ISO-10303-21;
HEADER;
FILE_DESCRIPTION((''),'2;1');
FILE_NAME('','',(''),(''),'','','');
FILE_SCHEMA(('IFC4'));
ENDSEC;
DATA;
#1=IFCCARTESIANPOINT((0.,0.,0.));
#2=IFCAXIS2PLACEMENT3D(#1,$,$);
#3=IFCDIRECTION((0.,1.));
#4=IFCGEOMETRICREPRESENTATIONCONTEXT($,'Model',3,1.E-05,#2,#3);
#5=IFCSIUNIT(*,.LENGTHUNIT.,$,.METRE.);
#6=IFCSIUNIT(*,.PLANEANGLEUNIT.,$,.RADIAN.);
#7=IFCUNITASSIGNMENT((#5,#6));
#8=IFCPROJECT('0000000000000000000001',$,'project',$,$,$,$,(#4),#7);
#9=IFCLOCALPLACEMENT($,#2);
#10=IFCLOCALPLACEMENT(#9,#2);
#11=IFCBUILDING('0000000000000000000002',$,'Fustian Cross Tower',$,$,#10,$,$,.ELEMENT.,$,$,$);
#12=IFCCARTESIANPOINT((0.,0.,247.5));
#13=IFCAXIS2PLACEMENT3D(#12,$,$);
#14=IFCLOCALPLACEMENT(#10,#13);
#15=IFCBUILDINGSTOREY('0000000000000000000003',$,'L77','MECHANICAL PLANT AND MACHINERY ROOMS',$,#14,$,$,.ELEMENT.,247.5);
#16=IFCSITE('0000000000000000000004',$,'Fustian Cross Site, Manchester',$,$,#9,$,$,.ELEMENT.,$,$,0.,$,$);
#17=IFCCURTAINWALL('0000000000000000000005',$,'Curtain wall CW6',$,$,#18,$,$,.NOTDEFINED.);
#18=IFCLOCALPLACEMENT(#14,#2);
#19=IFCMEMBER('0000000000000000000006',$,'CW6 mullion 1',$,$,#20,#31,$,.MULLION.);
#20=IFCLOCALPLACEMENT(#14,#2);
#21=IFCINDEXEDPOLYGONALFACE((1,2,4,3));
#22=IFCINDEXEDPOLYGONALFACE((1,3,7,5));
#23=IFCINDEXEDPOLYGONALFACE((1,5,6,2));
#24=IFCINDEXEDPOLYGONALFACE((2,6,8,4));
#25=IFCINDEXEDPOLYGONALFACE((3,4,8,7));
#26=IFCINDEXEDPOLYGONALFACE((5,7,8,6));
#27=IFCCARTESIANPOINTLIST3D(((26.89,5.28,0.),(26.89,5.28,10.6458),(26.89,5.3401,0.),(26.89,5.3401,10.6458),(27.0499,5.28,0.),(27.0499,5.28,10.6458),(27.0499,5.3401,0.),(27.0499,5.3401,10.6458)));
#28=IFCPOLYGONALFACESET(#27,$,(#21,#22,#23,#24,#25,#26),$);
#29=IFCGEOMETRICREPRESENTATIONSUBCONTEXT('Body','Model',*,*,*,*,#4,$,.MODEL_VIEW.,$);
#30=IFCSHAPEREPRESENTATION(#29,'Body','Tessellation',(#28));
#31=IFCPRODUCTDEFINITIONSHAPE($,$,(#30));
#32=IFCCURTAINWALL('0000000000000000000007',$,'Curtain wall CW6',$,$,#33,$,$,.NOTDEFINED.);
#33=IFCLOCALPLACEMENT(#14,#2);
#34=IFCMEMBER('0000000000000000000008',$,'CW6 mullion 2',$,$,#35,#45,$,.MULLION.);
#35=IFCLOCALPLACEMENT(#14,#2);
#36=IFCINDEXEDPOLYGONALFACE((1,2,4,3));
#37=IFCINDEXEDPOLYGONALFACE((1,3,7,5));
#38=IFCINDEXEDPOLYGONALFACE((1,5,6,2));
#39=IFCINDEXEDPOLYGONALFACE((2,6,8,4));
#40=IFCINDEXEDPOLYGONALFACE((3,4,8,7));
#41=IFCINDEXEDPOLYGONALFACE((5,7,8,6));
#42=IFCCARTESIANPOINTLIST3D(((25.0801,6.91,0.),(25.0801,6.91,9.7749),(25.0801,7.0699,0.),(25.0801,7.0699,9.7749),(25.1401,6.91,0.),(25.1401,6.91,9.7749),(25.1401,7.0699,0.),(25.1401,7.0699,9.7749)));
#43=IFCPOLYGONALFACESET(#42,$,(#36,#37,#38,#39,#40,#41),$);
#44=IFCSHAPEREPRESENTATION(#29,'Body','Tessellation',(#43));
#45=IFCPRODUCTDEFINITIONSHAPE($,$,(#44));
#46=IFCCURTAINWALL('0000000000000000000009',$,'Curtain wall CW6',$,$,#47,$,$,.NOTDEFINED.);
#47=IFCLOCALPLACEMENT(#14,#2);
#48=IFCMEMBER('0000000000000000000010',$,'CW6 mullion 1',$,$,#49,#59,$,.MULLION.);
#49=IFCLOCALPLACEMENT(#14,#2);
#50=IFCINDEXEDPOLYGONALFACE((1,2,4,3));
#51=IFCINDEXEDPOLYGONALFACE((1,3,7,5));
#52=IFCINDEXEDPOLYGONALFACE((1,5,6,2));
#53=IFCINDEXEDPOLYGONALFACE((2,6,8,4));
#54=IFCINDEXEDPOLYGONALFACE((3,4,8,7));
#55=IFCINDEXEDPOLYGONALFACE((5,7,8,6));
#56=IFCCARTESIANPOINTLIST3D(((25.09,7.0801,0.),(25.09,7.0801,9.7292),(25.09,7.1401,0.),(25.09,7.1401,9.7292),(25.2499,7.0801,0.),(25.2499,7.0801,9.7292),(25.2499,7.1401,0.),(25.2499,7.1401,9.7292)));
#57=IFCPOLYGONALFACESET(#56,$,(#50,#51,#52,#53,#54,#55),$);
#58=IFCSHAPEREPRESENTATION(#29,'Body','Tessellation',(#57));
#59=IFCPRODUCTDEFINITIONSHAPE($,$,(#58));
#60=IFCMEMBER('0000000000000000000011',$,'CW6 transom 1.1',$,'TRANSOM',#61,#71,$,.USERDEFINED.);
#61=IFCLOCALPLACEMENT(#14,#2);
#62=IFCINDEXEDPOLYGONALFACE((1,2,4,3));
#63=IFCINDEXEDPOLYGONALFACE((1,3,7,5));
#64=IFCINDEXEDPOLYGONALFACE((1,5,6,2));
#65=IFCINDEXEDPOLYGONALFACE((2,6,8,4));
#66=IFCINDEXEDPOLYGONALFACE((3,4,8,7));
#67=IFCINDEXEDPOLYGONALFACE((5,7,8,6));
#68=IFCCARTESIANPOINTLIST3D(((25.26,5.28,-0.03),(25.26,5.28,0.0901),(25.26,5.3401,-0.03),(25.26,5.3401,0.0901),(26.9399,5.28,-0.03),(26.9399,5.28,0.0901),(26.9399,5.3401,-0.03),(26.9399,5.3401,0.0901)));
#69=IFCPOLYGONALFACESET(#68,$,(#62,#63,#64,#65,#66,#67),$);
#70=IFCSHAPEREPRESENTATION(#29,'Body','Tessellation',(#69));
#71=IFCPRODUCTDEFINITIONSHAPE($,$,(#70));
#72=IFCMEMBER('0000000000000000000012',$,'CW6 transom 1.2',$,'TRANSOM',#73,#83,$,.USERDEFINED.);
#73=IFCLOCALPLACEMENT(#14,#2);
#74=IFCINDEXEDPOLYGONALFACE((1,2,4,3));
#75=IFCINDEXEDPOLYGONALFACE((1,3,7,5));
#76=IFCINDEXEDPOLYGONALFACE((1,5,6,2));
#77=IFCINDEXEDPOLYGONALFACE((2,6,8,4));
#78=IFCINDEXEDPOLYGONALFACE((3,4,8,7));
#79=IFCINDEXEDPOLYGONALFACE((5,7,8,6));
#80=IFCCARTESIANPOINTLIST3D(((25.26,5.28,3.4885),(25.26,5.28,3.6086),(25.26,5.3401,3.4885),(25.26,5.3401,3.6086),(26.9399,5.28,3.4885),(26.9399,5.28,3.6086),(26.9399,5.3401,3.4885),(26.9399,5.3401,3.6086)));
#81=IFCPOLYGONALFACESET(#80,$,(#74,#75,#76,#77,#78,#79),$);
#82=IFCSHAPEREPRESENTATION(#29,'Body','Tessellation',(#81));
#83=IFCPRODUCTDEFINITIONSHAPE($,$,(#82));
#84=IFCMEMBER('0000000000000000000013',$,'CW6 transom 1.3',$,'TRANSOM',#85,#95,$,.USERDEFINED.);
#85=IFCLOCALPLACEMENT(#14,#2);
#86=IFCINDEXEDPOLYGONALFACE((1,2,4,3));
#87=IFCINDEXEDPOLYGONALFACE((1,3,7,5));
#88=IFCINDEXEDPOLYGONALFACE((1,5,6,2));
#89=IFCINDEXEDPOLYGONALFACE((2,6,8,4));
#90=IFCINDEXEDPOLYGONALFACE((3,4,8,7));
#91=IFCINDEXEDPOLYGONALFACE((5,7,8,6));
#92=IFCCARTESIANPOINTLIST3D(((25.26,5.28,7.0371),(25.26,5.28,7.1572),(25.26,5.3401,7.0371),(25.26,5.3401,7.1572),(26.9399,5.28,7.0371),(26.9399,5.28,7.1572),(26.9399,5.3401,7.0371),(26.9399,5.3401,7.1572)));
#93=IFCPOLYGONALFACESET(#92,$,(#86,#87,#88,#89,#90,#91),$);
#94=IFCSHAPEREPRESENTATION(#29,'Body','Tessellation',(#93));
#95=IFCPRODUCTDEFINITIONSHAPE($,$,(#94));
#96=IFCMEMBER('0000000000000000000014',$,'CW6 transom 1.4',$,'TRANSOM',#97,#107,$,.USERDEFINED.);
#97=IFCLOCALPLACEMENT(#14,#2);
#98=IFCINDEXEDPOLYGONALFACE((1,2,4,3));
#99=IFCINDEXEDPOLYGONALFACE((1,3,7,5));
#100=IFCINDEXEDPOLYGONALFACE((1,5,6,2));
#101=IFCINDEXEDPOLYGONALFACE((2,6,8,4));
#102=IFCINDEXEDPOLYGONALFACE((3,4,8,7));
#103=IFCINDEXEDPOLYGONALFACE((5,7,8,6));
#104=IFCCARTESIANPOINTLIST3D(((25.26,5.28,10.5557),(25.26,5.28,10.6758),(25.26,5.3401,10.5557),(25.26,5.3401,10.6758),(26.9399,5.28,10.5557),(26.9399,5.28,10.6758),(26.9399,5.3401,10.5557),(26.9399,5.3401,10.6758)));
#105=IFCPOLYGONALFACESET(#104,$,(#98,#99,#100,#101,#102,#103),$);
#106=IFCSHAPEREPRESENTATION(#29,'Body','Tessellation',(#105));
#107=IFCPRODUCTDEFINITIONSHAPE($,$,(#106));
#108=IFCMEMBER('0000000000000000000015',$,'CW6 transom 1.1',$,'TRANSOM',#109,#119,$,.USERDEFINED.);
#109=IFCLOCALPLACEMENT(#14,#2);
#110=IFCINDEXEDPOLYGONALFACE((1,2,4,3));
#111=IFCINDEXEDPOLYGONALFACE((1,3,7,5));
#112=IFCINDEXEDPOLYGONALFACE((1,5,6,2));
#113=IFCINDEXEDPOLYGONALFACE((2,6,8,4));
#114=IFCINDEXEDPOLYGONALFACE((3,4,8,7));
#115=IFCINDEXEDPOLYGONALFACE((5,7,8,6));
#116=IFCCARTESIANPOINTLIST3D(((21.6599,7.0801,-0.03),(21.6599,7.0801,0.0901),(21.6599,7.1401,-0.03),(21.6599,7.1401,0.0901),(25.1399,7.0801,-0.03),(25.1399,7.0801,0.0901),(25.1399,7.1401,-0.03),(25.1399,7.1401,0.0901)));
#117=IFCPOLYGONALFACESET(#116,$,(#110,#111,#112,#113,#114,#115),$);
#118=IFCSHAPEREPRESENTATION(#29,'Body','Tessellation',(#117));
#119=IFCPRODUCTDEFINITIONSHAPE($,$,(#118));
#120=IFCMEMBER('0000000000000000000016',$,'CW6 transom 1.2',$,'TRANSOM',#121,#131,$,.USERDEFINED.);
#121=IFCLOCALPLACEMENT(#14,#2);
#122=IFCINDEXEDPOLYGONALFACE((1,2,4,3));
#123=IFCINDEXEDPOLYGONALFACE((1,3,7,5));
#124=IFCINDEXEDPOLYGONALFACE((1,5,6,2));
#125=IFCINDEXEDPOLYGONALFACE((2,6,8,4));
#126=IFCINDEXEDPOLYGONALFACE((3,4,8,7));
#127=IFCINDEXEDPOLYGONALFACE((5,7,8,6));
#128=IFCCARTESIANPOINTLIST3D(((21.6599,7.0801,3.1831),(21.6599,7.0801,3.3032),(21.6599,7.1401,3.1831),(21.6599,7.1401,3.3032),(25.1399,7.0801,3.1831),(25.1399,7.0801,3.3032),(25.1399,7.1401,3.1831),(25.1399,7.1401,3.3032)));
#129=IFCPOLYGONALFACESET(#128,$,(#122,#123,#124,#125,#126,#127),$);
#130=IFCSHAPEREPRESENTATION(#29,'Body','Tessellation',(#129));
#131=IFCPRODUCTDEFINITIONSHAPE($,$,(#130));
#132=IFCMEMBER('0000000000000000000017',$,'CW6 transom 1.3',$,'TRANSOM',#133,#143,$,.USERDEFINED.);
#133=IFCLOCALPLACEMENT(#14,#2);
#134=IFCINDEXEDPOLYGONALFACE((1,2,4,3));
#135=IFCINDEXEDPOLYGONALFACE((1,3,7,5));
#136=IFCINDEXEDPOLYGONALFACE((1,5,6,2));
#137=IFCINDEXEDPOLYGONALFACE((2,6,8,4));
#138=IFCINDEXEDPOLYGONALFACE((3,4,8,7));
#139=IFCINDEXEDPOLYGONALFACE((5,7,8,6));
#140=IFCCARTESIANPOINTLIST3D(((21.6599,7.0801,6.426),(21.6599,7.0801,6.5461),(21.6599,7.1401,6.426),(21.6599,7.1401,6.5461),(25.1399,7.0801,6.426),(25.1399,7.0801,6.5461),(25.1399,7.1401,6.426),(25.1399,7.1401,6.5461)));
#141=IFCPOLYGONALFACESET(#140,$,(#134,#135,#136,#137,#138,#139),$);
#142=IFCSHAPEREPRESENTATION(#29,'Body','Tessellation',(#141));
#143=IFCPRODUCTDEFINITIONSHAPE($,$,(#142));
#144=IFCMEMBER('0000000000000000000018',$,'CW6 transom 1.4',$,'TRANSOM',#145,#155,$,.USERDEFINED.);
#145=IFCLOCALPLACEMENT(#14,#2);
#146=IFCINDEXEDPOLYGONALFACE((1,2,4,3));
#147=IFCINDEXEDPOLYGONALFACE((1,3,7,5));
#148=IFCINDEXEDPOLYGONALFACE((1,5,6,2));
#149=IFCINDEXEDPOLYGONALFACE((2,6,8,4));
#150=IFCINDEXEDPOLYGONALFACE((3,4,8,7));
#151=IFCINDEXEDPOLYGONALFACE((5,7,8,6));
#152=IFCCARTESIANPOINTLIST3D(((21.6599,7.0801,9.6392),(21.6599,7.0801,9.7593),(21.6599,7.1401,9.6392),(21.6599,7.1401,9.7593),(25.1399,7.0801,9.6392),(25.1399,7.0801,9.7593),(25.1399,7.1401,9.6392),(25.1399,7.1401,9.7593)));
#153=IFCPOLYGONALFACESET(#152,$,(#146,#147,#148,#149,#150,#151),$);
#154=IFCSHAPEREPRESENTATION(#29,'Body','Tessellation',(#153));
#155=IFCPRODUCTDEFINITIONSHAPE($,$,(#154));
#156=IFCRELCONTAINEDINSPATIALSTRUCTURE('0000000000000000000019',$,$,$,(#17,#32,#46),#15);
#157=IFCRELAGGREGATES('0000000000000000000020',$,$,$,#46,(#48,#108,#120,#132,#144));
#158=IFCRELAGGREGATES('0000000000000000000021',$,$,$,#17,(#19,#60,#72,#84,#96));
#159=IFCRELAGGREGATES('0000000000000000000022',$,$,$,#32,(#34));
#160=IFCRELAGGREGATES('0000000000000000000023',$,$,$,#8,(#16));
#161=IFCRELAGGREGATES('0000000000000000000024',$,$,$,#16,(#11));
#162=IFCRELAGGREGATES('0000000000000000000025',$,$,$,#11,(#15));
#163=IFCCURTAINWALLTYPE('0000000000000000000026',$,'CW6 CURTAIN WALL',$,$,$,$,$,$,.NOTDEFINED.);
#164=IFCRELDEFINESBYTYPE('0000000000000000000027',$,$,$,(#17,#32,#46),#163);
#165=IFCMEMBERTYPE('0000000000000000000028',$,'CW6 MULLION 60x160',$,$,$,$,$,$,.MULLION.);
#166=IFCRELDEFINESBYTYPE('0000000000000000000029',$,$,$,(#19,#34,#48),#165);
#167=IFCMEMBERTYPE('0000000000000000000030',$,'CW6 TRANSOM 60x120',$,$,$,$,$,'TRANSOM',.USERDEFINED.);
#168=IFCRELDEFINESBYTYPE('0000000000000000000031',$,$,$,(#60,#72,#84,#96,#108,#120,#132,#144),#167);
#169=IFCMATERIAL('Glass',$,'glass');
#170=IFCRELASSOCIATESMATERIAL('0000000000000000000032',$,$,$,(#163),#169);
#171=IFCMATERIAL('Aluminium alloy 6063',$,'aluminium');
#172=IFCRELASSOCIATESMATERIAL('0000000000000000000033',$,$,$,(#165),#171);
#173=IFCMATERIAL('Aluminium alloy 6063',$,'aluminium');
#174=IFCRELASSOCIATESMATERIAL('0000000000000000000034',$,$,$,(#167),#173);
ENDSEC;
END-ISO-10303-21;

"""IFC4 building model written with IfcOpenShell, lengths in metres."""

from ifc_helpers import new_model, si_unit, direction, frame, origin, origin_2d, place, context, subcontext, project, spatial, rectangle, extrude, material, material_profile, profile_set, type_object, element, aggregate, save


model = new_model("IFC4")

# Units and contexts
model_context = context("Model", 3, precision=1e-05, world=origin(), true_north=direction((0.0, 1.0)))
body_context = subcontext(model_context, "Body", "Model", "MODEL_VIEW")
ifc_project = project(units=[si_unit("LENGTHUNIT", "METRE"), si_unit("PLANEANGLEUNIT", "RADIAN")], contexts=[model_context])

# Site, building, storey
site_placement = place(None, origin())
site = spatial("IfcSite", under=ifc_project, at=site_placement, Name="Fustian Cross Site, Manchester", CompositionType="ELEMENT", RefElevation=0.0)
building_placement = place(site_placement, origin())
building = spatial("IfcBuilding", under=site, at=building_placement, Name="Fustian Cross Tower", CompositionType="ELEMENT")
storey_placement = place(building_placement, frame((0.0, 0.0, 247.5)))
storey = spatial("IfcBuildingStorey", under=building, at=storey_placement, Name="L77", Description="MECHANICAL PLANT AND MACHINERY ROOMS", CompositionType="ELEMENT", Elevation=247.5)

# Curtain walls, members
ifc_material_1 = material(Name="Glass", Category="glass")
curtain_wall_type = type_object("IfcCurtainWallType", Name="CW6 CURTAIN WALL", PredefinedType="NOTDEFINED", material=ifc_material_1)
curtain_wall_1_placement = place(storey_placement, origin())
curtain_wall_1 = element("IfcCurtainWall", 1, at=curtain_wall_1_placement, inside=storey, type_object=curtain_wall_type, Name="Curtain wall CW6", PredefinedType="NOTDEFINED")
ifc_material_2 = material(Name="Aluminium alloy 6063", Category="aluminium")
ifc_material_profile_1 = material_profile(ifc_material_2, rectangle(XDim=0.0601, YDim=0.1599, at=origin_2d()), Name="CW6 MULLION 60x160")
ifc_profile_set_1 = profile_set([ifc_material_profile_1], Name="Aluminium alloy 6063")
member_type_1 = type_object("IfcMemberType", Name="CW6 MULLION 60x160", PredefinedType="MULLION", material=ifc_profile_set_1)
member_1_placement = place(storey_placement, frame((26.97, 5.3101, 0.0), z_axis=(0.0, 0.0, 1.0), x_axis=(0.0, -1.0, 0.0)))
member_1 = element("IfcMember", 2, at=member_1_placement, type_object=member_type_1, Name="CW6 mullion 1", PredefinedType="MULLION", context=body_context, shape_type="SweptSolid", body=[
    extrude(rectangle(XDim=0.0601, YDim=0.1599, at=origin_2d()), origin(), (0.0, 0.0, 1.0), 10.6458),
])
curtain_wall_2_placement = place(storey_placement, origin())
curtain_wall_2 = element("IfcCurtainWall", 3, at=curtain_wall_2_placement, inside=storey, type_object=curtain_wall_type, Name="Curtain wall CW6", PredefinedType="NOTDEFINED")
member_2_placement = place(storey_placement, frame((25.1101, 6.99, 0.0), z_axis=(0.0, 0.0, 1.0), x_axis=(-1.0, 0.0, 0.0)))
member_2 = element("IfcMember", 4, at=member_2_placement, type_object=member_type_1, Name="CW6 mullion 2", PredefinedType="MULLION", context=body_context, shape_type="SweptSolid", body=[
    extrude(rectangle(XDim=0.0601, YDim=0.1599, at=origin_2d()), origin(), (0.0, 0.0, 1.0), 9.7749),
])
curtain_wall_3_placement = place(storey_placement, origin())
curtain_wall_3 = element("IfcCurtainWall", 5, at=curtain_wall_3_placement, inside=storey, type_object=curtain_wall_type, Name="Curtain wall CW6", PredefinedType="NOTDEFINED")
member_3_placement = place(storey_placement, frame((25.1699, 7.1101, 0.0), z_axis=(0.0, 0.0, 1.0), x_axis=(0.0, -1.0, 0.0)))
member_3 = element("IfcMember", 6, at=member_3_placement, type_object=member_type_1, Name="CW6 mullion 1", PredefinedType="MULLION", context=body_context, shape_type="SweptSolid", body=[
    extrude(rectangle(XDim=0.0601, YDim=0.1599, at=origin_2d()), origin(), (0.0, 0.0, 1.0), 9.7292),
])

# Members
ifc_material_3 = material(Name="Aluminium alloy 6063", Category="aluminium")
ifc_material_profile_2 = material_profile(ifc_material_3, rectangle(XDim=0.0601, YDim=0.1201, at=origin_2d()), Name="CW6 TRANSOM 60x120")
ifc_profile_set_2 = profile_set([ifc_material_profile_2], Name="Aluminium alloy 6063")
member_type_2 = type_object("IfcMemberType", Name="CW6 TRANSOM 60x120", ElementType="TRANSOM", PredefinedType="USERDEFINED", material=ifc_profile_set_2)
member_4_placement = place(storey_placement, frame((26.9399, 5.3101, 0.03), z_axis=(-1.0, 0.0, 0.0), x_axis=(0.0, -1.0, 0.0)))
member_4 = element("IfcMember", 7, at=member_4_placement, type_object=member_type_2, Name="CW6 transom 1.1", ObjectType="TRANSOM", PredefinedType="USERDEFINED", context=body_context, shape_type="SweptSolid", body=[
    extrude(rectangle(XDim=0.0601, YDim=0.1201, at=origin_2d()), origin(), (0.0, 0.0, 1.0), 1.6799),
])
member_5_placement = place(storey_placement, frame((26.9399, 5.3101, 3.5486), z_axis=(-1.0, 0.0, 0.0), x_axis=(0.0, -1.0, 0.0)))
member_5 = element("IfcMember", 8, at=member_5_placement, type_object=member_type_2, Name="CW6 transom 1.2", ObjectType="TRANSOM", PredefinedType="USERDEFINED", context=body_context, shape_type="SweptSolid", body=[
    extrude(rectangle(XDim=0.0601, YDim=0.1201, at=origin_2d()), origin(), (0.0, 0.0, 1.0), 1.6799),
])
member_6_placement = place(storey_placement, frame((26.9399, 5.3101, 7.0972), z_axis=(-1.0, 0.0, 0.0), x_axis=(0.0, -1.0, 0.0)))
member_6 = element("IfcMember", 9, at=member_6_placement, type_object=member_type_2, Name="CW6 transom 1.3", ObjectType="TRANSOM", PredefinedType="USERDEFINED", context=body_context, shape_type="SweptSolid", body=[
    extrude(rectangle(XDim=0.0601, YDim=0.1201, at=origin_2d()), origin(), (0.0, 0.0, 1.0), 1.6799),
])
member_7_placement = place(storey_placement, frame((26.9399, 5.3101, 10.6157), z_axis=(-1.0, 0.0, 0.0), x_axis=(0.0, -1.0, 0.0)))
member_7 = element("IfcMember", 10, at=member_7_placement, type_object=member_type_2, Name="CW6 transom 1.4", ObjectType="TRANSOM", PredefinedType="USERDEFINED", context=body_context, shape_type="SweptSolid", body=[
    extrude(rectangle(XDim=0.0601, YDim=0.1201, at=origin_2d()), origin(), (0.0, 0.0, 1.0), 1.6799),
])
member_8_placement = place(storey_placement, frame((25.1399, 7.1101, 0.03), z_axis=(-1.0, 0.0, 0.0), x_axis=(0.0, -1.0, 0.0)))
member_8 = element("IfcMember", 11, at=member_8_placement, type_object=member_type_2, Name="CW6 transom 1.1", ObjectType="TRANSOM", PredefinedType="USERDEFINED", context=body_context, shape_type="SweptSolid", body=[
    extrude(rectangle(XDim=0.0601, YDim=0.1201, at=origin_2d()), origin(), (0.0, 0.0, 1.0), 3.48),
])
member_9_placement = place(storey_placement, frame((25.1399, 7.1101, 3.2432), z_axis=(-1.0, 0.0, 0.0), x_axis=(0.0, -1.0, 0.0)))
member_9 = element("IfcMember", 12, at=member_9_placement, type_object=member_type_2, Name="CW6 transom 1.2", ObjectType="TRANSOM", PredefinedType="USERDEFINED", context=body_context, shape_type="SweptSolid", body=[
    extrude(rectangle(XDim=0.0601, YDim=0.1201, at=origin_2d()), origin(), (0.0, 0.0, 1.0), 3.48),
])
member_10_placement = place(storey_placement, frame((25.1399, 7.1101, 6.4861), z_axis=(-1.0, 0.0, 0.0), x_axis=(0.0, -1.0, 0.0)))
member_10 = element("IfcMember", 13, at=member_10_placement, type_object=member_type_2, Name="CW6 transom 1.3", ObjectType="TRANSOM", PredefinedType="USERDEFINED", context=body_context, shape_type="SweptSolid", body=[
    extrude(rectangle(XDim=0.0601, YDim=0.1201, at=origin_2d()), origin(), (0.0, 0.0, 1.0), 3.48),
])
member_11_placement = place(storey_placement, frame((25.1399, 7.1101, 9.6992), z_axis=(-1.0, 0.0, 0.0), x_axis=(0.0, -1.0, 0.0)))
member_11 = element("IfcMember", 14, at=member_11_placement, type_object=member_type_2, Name="CW6 transom 1.4", ObjectType="TRANSOM", PredefinedType="USERDEFINED", context=body_context, shape_type="SweptSolid", body=[
    extrude(rectangle(XDim=0.0601, YDim=0.1201, at=origin_2d()), origin(), (0.0, 0.0, 1.0), 3.48),
])
aggregate(curtain_wall_3, [member_3, member_8, member_9, member_10, member_11])

aggregate(curtain_wall_1, [member_1, member_4, member_5, member_6, member_7])
aggregate(curtain_wall_2, [member_2])

save(model, "model.ifc")
